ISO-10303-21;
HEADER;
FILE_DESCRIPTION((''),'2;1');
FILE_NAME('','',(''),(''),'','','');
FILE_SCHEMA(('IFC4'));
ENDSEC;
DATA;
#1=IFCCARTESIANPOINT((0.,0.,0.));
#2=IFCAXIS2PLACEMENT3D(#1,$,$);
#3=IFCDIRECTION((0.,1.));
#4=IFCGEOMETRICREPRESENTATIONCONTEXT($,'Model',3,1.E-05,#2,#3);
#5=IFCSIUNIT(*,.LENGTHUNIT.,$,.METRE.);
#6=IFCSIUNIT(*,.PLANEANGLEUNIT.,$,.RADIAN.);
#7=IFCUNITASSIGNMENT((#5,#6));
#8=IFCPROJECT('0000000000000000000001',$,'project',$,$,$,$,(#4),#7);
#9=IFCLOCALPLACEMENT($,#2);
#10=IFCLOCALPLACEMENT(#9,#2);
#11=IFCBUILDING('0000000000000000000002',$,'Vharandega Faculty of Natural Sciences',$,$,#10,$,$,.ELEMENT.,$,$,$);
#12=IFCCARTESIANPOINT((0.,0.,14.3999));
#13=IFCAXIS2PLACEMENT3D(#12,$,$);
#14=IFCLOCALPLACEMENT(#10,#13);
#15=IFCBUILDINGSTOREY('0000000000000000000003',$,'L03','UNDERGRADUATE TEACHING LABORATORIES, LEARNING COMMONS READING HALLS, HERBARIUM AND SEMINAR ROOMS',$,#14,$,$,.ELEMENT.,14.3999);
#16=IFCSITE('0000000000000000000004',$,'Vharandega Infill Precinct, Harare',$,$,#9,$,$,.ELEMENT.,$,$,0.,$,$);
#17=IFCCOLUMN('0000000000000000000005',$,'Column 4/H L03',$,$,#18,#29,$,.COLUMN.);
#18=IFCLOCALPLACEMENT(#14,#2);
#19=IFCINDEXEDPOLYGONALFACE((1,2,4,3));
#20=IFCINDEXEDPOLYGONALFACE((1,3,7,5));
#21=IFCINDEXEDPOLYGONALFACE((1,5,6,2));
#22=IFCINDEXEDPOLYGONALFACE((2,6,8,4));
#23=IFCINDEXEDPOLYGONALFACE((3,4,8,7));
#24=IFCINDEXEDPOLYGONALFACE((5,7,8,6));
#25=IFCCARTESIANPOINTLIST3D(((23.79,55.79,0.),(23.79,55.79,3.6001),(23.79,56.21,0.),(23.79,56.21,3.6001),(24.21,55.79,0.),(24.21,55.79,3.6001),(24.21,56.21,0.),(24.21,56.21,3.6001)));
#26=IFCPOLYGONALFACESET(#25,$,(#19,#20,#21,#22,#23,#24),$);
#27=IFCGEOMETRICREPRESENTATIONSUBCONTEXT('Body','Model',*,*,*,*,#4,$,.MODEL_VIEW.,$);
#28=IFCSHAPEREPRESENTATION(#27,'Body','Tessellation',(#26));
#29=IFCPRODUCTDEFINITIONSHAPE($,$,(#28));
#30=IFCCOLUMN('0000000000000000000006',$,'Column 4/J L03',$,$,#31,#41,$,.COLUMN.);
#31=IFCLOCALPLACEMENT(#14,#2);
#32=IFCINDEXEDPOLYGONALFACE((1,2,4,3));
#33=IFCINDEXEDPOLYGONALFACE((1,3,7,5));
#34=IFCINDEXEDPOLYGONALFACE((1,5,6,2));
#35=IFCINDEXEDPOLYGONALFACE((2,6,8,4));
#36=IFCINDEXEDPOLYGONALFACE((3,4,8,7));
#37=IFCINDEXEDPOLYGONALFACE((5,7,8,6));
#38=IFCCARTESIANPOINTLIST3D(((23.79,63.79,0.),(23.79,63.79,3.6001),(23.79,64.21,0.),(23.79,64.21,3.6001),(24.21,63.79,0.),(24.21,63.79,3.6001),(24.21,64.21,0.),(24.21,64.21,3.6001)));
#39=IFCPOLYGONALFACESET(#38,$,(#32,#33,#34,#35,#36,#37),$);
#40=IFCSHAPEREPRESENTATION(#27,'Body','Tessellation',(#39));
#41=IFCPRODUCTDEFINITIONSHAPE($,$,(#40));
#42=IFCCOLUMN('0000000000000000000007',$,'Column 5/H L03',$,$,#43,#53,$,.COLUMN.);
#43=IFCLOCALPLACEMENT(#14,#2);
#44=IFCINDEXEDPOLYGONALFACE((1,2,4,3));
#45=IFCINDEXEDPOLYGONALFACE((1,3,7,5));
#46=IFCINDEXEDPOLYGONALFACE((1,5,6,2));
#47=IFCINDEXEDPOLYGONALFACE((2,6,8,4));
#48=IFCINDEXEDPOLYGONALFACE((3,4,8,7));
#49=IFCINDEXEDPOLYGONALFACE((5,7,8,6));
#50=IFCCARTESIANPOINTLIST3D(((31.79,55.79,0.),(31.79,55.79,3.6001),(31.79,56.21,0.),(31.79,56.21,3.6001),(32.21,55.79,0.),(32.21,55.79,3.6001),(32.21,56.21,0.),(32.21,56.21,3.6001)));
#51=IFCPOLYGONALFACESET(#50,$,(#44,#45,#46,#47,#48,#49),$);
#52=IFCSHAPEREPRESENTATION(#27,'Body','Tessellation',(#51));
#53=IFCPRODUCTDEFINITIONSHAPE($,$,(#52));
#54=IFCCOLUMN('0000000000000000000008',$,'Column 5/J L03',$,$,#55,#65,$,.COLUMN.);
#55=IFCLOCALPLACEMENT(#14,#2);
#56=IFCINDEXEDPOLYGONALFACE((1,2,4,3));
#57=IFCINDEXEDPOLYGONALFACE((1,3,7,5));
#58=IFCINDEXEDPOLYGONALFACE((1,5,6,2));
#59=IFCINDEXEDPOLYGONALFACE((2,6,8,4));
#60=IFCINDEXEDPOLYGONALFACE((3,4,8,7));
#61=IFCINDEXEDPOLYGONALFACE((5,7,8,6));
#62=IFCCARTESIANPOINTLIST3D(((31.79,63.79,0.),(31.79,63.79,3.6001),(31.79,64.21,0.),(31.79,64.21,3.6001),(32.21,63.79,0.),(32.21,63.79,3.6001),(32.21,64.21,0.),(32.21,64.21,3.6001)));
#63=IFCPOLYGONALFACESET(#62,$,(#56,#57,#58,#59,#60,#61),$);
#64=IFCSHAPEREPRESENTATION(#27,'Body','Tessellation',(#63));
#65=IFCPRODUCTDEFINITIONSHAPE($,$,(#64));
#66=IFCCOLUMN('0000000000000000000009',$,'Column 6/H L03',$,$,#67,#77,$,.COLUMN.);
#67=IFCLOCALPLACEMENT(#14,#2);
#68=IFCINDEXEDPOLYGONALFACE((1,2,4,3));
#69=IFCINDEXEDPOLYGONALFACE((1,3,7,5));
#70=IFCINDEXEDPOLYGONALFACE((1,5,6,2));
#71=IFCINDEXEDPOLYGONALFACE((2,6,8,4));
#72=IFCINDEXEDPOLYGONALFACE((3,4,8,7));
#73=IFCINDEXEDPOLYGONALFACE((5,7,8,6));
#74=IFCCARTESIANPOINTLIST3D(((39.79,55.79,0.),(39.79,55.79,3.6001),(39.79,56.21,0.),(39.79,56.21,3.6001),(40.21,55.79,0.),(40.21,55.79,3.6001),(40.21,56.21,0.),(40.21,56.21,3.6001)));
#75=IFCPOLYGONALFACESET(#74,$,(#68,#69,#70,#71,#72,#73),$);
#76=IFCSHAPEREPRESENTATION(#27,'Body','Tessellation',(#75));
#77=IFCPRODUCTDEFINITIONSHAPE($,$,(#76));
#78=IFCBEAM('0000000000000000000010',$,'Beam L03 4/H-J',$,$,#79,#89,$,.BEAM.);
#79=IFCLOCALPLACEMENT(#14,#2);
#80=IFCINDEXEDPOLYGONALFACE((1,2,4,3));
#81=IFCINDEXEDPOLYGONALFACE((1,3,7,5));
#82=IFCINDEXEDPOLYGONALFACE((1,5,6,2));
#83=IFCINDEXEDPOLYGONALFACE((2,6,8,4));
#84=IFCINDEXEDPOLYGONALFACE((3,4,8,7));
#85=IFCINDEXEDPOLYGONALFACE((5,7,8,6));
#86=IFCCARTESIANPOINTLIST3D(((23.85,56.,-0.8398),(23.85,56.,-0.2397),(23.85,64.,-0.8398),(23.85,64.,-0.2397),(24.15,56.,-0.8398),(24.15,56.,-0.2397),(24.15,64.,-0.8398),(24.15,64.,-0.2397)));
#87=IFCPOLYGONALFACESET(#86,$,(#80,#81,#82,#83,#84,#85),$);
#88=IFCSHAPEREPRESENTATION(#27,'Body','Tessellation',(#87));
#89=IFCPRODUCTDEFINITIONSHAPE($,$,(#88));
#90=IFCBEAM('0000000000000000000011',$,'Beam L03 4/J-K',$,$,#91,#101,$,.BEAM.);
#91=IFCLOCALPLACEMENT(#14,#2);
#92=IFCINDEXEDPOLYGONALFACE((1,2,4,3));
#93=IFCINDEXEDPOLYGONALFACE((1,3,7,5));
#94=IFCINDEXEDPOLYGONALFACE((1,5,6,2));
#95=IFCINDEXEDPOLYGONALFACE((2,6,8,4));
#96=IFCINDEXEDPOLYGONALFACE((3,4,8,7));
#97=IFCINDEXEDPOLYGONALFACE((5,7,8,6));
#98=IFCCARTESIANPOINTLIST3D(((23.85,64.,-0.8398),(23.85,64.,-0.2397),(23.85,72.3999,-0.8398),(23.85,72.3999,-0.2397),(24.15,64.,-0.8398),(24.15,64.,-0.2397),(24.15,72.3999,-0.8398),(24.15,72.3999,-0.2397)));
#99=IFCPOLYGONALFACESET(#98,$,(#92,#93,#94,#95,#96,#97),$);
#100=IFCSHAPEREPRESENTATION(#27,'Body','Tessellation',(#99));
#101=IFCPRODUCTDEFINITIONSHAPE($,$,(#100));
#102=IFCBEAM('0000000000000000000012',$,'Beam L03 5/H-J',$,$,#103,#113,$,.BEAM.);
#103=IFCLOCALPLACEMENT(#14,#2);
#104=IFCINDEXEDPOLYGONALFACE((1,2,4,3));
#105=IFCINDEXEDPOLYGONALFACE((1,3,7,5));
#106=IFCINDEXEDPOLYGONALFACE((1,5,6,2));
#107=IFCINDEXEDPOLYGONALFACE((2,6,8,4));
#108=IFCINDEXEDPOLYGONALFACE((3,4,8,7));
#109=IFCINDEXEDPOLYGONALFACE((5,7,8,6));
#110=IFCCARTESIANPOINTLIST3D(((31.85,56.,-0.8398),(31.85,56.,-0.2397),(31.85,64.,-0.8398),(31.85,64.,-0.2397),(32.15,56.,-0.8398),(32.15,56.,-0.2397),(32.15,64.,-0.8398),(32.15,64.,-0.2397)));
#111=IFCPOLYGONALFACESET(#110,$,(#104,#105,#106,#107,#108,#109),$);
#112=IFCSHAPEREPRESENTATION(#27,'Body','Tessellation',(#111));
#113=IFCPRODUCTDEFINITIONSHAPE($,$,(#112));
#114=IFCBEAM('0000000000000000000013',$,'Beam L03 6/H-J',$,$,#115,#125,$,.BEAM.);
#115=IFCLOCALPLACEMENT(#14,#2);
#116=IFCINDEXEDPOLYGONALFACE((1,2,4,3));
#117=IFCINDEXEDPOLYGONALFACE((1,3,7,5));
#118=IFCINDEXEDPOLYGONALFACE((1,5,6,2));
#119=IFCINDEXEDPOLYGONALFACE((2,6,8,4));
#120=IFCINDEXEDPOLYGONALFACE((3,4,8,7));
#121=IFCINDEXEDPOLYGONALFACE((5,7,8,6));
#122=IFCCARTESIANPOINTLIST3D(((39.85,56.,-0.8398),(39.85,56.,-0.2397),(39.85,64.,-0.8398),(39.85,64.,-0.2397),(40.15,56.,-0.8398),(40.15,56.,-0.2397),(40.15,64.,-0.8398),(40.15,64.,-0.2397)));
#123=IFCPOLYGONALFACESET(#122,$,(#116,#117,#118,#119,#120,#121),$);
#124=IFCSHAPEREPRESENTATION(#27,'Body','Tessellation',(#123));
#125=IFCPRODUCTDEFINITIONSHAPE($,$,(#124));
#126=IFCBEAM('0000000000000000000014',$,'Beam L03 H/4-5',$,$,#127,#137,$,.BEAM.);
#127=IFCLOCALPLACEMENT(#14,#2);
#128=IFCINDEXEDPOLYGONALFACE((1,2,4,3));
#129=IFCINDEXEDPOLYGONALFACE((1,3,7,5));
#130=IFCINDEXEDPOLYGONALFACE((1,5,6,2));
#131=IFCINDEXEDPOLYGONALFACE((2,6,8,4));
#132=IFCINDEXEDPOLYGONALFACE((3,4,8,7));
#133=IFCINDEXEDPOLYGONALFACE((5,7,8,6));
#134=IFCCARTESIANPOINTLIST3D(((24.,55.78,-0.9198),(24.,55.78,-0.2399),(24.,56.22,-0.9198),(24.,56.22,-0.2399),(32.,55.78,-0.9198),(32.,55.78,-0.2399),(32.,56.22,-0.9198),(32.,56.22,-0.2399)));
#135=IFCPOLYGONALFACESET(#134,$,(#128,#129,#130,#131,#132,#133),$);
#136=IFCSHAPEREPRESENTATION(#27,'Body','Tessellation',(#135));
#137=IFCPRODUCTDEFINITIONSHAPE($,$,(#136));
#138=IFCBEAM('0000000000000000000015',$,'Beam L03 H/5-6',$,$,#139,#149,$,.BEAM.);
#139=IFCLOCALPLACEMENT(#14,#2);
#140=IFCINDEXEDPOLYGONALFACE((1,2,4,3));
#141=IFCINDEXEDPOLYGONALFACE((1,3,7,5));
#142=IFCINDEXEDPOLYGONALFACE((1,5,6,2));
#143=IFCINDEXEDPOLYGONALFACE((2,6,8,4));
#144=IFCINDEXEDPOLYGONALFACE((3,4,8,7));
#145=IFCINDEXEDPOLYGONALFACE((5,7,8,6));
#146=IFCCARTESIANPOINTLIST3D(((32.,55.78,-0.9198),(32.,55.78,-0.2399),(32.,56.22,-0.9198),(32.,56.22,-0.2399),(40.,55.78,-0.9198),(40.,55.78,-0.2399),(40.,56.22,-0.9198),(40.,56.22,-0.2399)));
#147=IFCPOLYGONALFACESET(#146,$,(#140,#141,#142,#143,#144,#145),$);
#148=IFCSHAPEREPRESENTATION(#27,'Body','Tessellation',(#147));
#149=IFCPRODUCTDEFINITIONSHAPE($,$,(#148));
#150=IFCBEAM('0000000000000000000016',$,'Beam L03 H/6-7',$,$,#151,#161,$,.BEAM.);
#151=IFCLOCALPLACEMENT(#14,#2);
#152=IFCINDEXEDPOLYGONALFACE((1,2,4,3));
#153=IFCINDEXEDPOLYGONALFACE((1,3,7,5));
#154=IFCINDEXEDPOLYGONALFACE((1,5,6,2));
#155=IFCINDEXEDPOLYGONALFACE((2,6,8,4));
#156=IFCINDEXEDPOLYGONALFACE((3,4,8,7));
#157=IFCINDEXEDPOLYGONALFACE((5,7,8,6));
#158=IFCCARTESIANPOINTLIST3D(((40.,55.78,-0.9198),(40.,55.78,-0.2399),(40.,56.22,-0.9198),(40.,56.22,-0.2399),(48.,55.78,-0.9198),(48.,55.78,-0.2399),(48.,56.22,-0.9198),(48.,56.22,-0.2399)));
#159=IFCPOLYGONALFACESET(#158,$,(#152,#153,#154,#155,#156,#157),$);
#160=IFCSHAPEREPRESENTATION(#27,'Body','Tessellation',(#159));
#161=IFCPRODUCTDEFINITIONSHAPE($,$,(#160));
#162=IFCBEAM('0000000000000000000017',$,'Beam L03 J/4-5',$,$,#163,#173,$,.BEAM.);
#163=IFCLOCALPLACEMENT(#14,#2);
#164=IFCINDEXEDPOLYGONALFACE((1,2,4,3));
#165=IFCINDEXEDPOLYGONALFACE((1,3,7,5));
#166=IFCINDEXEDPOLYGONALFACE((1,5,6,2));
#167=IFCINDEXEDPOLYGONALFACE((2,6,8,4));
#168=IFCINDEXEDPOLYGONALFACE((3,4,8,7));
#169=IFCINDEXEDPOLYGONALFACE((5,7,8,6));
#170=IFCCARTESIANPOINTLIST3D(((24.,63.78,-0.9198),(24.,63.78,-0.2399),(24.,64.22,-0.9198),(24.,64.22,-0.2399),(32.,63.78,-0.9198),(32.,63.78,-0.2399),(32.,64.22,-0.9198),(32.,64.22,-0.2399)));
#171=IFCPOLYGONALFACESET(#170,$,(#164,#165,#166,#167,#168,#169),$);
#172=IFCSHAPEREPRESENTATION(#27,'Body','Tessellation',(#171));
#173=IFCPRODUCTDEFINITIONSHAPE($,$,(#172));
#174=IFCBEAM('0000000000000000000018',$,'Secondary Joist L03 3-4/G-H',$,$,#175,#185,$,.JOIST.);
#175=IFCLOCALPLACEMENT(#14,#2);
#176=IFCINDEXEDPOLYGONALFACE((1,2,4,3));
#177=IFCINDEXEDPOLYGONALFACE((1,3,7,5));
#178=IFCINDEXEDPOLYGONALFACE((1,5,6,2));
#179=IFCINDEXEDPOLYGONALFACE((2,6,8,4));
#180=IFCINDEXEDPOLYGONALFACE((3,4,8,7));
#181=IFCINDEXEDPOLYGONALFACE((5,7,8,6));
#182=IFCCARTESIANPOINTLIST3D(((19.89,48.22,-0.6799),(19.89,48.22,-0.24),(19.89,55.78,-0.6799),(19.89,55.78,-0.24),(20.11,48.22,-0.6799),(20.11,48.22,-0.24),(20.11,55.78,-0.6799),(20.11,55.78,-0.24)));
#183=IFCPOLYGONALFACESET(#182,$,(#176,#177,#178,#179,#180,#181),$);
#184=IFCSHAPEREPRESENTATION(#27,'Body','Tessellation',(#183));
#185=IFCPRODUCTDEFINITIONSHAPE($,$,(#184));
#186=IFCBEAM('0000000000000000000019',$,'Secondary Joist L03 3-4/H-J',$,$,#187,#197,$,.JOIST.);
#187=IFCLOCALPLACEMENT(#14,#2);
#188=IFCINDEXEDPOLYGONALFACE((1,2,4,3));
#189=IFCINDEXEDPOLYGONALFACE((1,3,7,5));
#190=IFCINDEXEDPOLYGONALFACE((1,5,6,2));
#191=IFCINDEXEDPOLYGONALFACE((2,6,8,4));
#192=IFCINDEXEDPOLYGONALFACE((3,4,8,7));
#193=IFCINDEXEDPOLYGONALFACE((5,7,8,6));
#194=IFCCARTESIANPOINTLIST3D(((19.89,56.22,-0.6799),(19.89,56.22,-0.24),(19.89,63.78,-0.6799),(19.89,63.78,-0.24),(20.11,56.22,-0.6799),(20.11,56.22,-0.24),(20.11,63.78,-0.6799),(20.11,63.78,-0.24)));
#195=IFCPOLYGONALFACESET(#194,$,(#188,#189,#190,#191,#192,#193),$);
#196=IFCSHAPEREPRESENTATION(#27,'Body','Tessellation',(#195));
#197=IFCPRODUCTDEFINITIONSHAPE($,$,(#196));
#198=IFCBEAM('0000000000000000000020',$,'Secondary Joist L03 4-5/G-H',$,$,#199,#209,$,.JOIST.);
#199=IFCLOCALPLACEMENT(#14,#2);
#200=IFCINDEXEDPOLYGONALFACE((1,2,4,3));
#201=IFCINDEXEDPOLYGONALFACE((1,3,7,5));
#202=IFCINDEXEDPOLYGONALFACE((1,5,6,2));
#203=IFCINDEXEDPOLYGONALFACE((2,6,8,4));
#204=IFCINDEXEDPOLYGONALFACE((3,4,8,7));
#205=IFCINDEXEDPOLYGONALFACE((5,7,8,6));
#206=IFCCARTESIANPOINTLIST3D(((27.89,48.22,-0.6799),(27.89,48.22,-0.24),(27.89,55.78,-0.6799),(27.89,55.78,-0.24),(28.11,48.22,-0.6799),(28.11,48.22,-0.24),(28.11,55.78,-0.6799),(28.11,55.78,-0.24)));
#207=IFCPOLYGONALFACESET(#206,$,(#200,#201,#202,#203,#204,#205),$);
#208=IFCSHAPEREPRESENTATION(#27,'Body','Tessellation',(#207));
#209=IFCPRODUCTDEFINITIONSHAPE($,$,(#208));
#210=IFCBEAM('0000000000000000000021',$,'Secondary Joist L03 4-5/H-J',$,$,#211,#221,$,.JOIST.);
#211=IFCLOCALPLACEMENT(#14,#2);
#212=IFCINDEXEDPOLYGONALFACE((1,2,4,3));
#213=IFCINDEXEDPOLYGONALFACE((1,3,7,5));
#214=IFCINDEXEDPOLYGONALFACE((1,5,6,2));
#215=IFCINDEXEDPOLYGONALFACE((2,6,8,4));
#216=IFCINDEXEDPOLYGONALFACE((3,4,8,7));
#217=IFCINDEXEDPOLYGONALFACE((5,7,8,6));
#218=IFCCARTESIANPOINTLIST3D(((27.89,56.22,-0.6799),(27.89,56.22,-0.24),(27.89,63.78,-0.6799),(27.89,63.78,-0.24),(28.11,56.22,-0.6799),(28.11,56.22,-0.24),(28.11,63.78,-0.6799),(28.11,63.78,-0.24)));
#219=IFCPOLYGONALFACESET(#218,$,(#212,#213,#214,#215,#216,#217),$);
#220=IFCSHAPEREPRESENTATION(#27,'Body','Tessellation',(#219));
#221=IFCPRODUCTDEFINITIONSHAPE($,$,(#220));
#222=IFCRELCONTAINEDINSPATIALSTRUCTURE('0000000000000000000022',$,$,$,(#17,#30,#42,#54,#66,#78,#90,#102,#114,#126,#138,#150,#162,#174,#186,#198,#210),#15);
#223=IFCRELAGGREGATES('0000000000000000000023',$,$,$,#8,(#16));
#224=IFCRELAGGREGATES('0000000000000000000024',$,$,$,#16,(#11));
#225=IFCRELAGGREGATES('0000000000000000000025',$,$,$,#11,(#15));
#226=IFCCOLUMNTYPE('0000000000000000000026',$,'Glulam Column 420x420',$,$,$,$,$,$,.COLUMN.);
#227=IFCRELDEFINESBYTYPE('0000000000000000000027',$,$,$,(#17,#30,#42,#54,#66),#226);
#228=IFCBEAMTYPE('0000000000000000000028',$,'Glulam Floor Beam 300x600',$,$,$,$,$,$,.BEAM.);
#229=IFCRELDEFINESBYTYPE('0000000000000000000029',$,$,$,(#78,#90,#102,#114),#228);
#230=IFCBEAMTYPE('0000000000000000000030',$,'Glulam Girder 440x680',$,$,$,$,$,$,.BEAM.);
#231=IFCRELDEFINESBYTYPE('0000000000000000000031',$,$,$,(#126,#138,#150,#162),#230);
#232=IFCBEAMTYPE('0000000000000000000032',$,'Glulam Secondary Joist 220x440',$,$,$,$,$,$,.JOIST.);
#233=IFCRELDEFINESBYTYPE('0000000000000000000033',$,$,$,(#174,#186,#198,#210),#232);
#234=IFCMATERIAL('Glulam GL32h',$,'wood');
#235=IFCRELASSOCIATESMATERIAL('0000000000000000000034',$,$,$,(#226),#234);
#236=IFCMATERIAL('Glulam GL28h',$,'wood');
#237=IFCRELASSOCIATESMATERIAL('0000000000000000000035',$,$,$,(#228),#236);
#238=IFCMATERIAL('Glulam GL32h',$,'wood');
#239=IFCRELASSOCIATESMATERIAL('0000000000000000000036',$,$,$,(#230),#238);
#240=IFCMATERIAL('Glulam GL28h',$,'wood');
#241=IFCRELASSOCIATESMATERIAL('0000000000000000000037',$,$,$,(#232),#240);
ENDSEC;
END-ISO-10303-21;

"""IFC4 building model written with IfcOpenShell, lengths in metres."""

from ifc_helpers import new_model, si_unit, direction, frame, origin, origin_2d, place, context, subcontext, project, spatial, rectangle, extrude, material, material_profile, profile_set, type_object, element, save


model = new_model("IFC4")

# Units and contexts
model_context = context("Model", 3, precision=1e-05, world=origin(), true_north=direction((0.0, 1.0)))
body_context = subcontext(model_context, "Body", "Model", "MODEL_VIEW")
ifc_project = project(units=[si_unit("LENGTHUNIT", "METRE"), si_unit("PLANEANGLEUNIT", "RADIAN")], contexts=[model_context])

# Site, building, storey
site_placement = place(None, origin())
site = spatial("IfcSite", under=ifc_project, at=site_placement, Name="Vharandega Infill Precinct, Harare", CompositionType="ELEMENT", RefElevation=0.0)
building_placement = place(site_placement, origin())
building = spatial("IfcBuilding", under=site, at=building_placement, Name="Vharandega Faculty of Natural Sciences", CompositionType="ELEMENT")
storey_placement = place(building_placement, frame((0.0, 0.0, 14.3999)))
storey = spatial("IfcBuildingStorey", under=building, at=storey_placement, Name="L03", Description="UNDERGRADUATE TEACHING LABORATORIES, LEARNING COMMONS READING HALLS, HERBARIUM AND SEMINAR ROOMS", CompositionType="ELEMENT", Elevation=14.3999)

# Columns
ifc_material_1 = material(Name="Glulam GL32h", Category="wood")
ifc_material_profile_1 = material_profile(ifc_material_1, rectangle(XDim=0.4199, YDim=0.4199, at=origin_2d()), Name="GL32h 420x420")
ifc_profile_set_1 = profile_set([ifc_material_profile_1], Name="Glulam GL32h")
column_type = type_object("IfcColumnType", Name="Glulam Column 420x420", PredefinedType="COLUMN", material=ifc_profile_set_1)
for number, where, z_axis, x_axis, name in (
    (1, (24.0, 56.0, 0.0), (0.0, 0.0, 1.0), (1.0, 0.0, 0.0), "Column 4/H L03"),
    (2, (24.0, 64.0, 0.0), (0.0, 0.0, 1.0), (1.0, 0.0, 0.0), "Column 4/J L03"),
    (3, (32.0, 56.0, 0.0), (0.0, 0.0, 1.0), (1.0, 0.0, 0.0), "Column 5/H L03"),
    (4, (32.0, 64.0, 0.0), (0.0, 0.0, 1.0), (1.0, 0.0, 0.0), "Column 5/J L03"),
    (5, (40.0, 56.0, 0.0), (0.0, 0.0, 1.0), (1.0, 0.0, 0.0), "Column 6/H L03"),
):
    element("IfcColumn", number, at=place(storey_placement, frame(where, z_axis=z_axis, x_axis=x_axis)), inside=storey, type_object=column_type, Name=name, PredefinedType="COLUMN", context=body_context, shape_type="SweptSolid", body=[
        extrude(rectangle(XDim=0.4199, YDim=0.4199, at=origin_2d()), origin(), (0.0, 0.0, 1.0), 3.6001),
    ])

# Beams
ifc_material_2 = material(Name="Glulam GL28h", Category="wood")
ifc_material_profile_2 = material_profile(ifc_material_2, rectangle(XDim=0.3, YDim=0.6001, at=origin_2d()), Name="GL28h 300x600")
ifc_profile_set_2 = profile_set([ifc_material_profile_2], Name="Glulam GL28h")
beam_type_1 = type_object("IfcBeamType", Name="Glulam Floor Beam 300x600", PredefinedType="BEAM", material=ifc_profile_set_2)
beam_1_placement = place(storey_placement, frame((24.0, 56.0, -0.5398), z_axis=(0.0, 1.0, 0.0), x_axis=(-1.0, 0.0, 0.0)))
element("IfcBeam", 6, at=beam_1_placement, inside=storey, type_object=beam_type_1, Name="Beam L03 4/H-J", PredefinedType="BEAM", context=body_context, shape_type="SweptSolid", body=[
    extrude(rectangle(XDim=0.3, YDim=0.6001, at=origin_2d()), origin(), (0.0, 0.0, 1.0), 8.0),
])
beam_2_placement = place(storey_placement, frame((24.0, 64.0, -0.5398), z_axis=(0.0, 1.0, 0.0), x_axis=(-1.0, 0.0, 0.0)))
element("IfcBeam", 7, at=beam_2_placement, inside=storey, type_object=beam_type_1, Name="Beam L03 4/J-K", PredefinedType="BEAM", context=body_context, shape_type="SweptSolid", body=[
    extrude(rectangle(XDim=0.3, YDim=0.6001, at=origin_2d()), origin(), (0.0, 0.0, 1.0), 8.3999),
])
for number, where, z_axis, x_axis, name in (
    (8, (32.0, 56.0, -0.5398), (0.0, 1.0, 0.0), (-1.0, 0.0, 0.0), "Beam L03 5/H-J"),
    (9, (40.0, 56.0, -0.5398), (0.0, 1.0, 0.0), (-1.0, 0.0, 0.0), "Beam L03 6/H-J"),
):
    element("IfcBeam", number, at=place(storey_placement, frame(where, z_axis=z_axis, x_axis=x_axis)), inside=storey, type_object=beam_type_1, Name=name, PredefinedType="BEAM", context=body_context, shape_type="SweptSolid", body=[
        extrude(rectangle(XDim=0.3, YDim=0.6001, at=origin_2d()), origin(), (0.0, 0.0, 1.0), 8.0),
    ])
ifc_material_3 = material(Name="Glulam GL32h", Category="wood")
ifc_material_profile_3 = material_profile(ifc_material_3, rectangle(XDim=0.4399, YDim=0.6799, at=origin_2d()), Name="GL32h 440x680")
ifc_profile_set_3 = profile_set([ifc_material_profile_3], Name="Glulam GL32h")
beam_type_2 = type_object("IfcBeamType", Name="Glulam Girder 440x680", PredefinedType="BEAM", material=ifc_profile_set_3)
for number, where, z_axis, x_axis, name in (
    (10, (24.0, 56.0, -0.5798), (1.0, 0.0, 0.0), (0.0, 1.0, 0.0), "Beam L03 H/4-5"),
    (11, (32.0, 56.0, -0.5798), (1.0, 0.0, 0.0), (0.0, 1.0, 0.0), "Beam L03 H/5-6"),
    (12, (40.0, 56.0, -0.5798), (1.0, 0.0, 0.0), (0.0, 1.0, 0.0), "Beam L03 H/6-7"),
    (13, (24.0, 64.0, -0.5798), (1.0, 0.0, 0.0), (0.0, 1.0, 0.0), "Beam L03 J/4-5"),
):
    element("IfcBeam", number, at=place(storey_placement, frame(where, z_axis=z_axis, x_axis=x_axis)), inside=storey, type_object=beam_type_2, Name=name, PredefinedType="BEAM", context=body_context, shape_type="SweptSolid", body=[
        extrude(rectangle(XDim=0.4399, YDim=0.6799, at=origin_2d()), origin(), (0.0, 0.0, 1.0), 8.0),
    ])
ifc_material_4 = material(Name="Glulam GL28h", Category="wood")
ifc_material_profile_4 = material_profile(ifc_material_4, rectangle(XDim=0.22, YDim=0.4399, at=origin_2d()), Name="GL28h 220x440")
ifc_profile_set_4 = profile_set([ifc_material_profile_4], Name="Glulam GL28h")
beam_type_3 = type_object("IfcBeamType", Name="Glulam Secondary Joist 220x440", PredefinedType="JOIST", material=ifc_profile_set_4)
for number, where, z_axis, x_axis, name in (
    (14, (20.0, 48.22, -0.46), (0.0, 1.0, 0.0), (-1.0, 0.0, 0.0), "Secondary Joist L03 3-4/G-H"),
    (15, (20.0, 56.22, -0.46), (0.0, 1.0, 0.0), (-1.0, 0.0, 0.0), "Secondary Joist L03 3-4/H-J"),
    (16, (28.0, 48.22, -0.46), (0.0, 1.0, 0.0), (-1.0, 0.0, 0.0), "Secondary Joist L03 4-5/G-H"),
    (17, (28.0, 56.22, -0.46), (0.0, 1.0, 0.0), (-1.0, 0.0, 0.0), "Secondary Joist L03 4-5/H-J"),
):
    element("IfcBeam", number, at=place(storey_placement, frame(where, z_axis=z_axis, x_axis=x_axis)), inside=storey, type_object=beam_type_3, Name=name, PredefinedType="JOIST", context=body_context, shape_type="SweptSolid", body=[
        extrude(rectangle(XDim=0.22, YDim=0.4399, at=origin_2d()), origin(), (0.0, 0.0, 1.0), 7.5601),
    ])

save(model, "model.ifc")
